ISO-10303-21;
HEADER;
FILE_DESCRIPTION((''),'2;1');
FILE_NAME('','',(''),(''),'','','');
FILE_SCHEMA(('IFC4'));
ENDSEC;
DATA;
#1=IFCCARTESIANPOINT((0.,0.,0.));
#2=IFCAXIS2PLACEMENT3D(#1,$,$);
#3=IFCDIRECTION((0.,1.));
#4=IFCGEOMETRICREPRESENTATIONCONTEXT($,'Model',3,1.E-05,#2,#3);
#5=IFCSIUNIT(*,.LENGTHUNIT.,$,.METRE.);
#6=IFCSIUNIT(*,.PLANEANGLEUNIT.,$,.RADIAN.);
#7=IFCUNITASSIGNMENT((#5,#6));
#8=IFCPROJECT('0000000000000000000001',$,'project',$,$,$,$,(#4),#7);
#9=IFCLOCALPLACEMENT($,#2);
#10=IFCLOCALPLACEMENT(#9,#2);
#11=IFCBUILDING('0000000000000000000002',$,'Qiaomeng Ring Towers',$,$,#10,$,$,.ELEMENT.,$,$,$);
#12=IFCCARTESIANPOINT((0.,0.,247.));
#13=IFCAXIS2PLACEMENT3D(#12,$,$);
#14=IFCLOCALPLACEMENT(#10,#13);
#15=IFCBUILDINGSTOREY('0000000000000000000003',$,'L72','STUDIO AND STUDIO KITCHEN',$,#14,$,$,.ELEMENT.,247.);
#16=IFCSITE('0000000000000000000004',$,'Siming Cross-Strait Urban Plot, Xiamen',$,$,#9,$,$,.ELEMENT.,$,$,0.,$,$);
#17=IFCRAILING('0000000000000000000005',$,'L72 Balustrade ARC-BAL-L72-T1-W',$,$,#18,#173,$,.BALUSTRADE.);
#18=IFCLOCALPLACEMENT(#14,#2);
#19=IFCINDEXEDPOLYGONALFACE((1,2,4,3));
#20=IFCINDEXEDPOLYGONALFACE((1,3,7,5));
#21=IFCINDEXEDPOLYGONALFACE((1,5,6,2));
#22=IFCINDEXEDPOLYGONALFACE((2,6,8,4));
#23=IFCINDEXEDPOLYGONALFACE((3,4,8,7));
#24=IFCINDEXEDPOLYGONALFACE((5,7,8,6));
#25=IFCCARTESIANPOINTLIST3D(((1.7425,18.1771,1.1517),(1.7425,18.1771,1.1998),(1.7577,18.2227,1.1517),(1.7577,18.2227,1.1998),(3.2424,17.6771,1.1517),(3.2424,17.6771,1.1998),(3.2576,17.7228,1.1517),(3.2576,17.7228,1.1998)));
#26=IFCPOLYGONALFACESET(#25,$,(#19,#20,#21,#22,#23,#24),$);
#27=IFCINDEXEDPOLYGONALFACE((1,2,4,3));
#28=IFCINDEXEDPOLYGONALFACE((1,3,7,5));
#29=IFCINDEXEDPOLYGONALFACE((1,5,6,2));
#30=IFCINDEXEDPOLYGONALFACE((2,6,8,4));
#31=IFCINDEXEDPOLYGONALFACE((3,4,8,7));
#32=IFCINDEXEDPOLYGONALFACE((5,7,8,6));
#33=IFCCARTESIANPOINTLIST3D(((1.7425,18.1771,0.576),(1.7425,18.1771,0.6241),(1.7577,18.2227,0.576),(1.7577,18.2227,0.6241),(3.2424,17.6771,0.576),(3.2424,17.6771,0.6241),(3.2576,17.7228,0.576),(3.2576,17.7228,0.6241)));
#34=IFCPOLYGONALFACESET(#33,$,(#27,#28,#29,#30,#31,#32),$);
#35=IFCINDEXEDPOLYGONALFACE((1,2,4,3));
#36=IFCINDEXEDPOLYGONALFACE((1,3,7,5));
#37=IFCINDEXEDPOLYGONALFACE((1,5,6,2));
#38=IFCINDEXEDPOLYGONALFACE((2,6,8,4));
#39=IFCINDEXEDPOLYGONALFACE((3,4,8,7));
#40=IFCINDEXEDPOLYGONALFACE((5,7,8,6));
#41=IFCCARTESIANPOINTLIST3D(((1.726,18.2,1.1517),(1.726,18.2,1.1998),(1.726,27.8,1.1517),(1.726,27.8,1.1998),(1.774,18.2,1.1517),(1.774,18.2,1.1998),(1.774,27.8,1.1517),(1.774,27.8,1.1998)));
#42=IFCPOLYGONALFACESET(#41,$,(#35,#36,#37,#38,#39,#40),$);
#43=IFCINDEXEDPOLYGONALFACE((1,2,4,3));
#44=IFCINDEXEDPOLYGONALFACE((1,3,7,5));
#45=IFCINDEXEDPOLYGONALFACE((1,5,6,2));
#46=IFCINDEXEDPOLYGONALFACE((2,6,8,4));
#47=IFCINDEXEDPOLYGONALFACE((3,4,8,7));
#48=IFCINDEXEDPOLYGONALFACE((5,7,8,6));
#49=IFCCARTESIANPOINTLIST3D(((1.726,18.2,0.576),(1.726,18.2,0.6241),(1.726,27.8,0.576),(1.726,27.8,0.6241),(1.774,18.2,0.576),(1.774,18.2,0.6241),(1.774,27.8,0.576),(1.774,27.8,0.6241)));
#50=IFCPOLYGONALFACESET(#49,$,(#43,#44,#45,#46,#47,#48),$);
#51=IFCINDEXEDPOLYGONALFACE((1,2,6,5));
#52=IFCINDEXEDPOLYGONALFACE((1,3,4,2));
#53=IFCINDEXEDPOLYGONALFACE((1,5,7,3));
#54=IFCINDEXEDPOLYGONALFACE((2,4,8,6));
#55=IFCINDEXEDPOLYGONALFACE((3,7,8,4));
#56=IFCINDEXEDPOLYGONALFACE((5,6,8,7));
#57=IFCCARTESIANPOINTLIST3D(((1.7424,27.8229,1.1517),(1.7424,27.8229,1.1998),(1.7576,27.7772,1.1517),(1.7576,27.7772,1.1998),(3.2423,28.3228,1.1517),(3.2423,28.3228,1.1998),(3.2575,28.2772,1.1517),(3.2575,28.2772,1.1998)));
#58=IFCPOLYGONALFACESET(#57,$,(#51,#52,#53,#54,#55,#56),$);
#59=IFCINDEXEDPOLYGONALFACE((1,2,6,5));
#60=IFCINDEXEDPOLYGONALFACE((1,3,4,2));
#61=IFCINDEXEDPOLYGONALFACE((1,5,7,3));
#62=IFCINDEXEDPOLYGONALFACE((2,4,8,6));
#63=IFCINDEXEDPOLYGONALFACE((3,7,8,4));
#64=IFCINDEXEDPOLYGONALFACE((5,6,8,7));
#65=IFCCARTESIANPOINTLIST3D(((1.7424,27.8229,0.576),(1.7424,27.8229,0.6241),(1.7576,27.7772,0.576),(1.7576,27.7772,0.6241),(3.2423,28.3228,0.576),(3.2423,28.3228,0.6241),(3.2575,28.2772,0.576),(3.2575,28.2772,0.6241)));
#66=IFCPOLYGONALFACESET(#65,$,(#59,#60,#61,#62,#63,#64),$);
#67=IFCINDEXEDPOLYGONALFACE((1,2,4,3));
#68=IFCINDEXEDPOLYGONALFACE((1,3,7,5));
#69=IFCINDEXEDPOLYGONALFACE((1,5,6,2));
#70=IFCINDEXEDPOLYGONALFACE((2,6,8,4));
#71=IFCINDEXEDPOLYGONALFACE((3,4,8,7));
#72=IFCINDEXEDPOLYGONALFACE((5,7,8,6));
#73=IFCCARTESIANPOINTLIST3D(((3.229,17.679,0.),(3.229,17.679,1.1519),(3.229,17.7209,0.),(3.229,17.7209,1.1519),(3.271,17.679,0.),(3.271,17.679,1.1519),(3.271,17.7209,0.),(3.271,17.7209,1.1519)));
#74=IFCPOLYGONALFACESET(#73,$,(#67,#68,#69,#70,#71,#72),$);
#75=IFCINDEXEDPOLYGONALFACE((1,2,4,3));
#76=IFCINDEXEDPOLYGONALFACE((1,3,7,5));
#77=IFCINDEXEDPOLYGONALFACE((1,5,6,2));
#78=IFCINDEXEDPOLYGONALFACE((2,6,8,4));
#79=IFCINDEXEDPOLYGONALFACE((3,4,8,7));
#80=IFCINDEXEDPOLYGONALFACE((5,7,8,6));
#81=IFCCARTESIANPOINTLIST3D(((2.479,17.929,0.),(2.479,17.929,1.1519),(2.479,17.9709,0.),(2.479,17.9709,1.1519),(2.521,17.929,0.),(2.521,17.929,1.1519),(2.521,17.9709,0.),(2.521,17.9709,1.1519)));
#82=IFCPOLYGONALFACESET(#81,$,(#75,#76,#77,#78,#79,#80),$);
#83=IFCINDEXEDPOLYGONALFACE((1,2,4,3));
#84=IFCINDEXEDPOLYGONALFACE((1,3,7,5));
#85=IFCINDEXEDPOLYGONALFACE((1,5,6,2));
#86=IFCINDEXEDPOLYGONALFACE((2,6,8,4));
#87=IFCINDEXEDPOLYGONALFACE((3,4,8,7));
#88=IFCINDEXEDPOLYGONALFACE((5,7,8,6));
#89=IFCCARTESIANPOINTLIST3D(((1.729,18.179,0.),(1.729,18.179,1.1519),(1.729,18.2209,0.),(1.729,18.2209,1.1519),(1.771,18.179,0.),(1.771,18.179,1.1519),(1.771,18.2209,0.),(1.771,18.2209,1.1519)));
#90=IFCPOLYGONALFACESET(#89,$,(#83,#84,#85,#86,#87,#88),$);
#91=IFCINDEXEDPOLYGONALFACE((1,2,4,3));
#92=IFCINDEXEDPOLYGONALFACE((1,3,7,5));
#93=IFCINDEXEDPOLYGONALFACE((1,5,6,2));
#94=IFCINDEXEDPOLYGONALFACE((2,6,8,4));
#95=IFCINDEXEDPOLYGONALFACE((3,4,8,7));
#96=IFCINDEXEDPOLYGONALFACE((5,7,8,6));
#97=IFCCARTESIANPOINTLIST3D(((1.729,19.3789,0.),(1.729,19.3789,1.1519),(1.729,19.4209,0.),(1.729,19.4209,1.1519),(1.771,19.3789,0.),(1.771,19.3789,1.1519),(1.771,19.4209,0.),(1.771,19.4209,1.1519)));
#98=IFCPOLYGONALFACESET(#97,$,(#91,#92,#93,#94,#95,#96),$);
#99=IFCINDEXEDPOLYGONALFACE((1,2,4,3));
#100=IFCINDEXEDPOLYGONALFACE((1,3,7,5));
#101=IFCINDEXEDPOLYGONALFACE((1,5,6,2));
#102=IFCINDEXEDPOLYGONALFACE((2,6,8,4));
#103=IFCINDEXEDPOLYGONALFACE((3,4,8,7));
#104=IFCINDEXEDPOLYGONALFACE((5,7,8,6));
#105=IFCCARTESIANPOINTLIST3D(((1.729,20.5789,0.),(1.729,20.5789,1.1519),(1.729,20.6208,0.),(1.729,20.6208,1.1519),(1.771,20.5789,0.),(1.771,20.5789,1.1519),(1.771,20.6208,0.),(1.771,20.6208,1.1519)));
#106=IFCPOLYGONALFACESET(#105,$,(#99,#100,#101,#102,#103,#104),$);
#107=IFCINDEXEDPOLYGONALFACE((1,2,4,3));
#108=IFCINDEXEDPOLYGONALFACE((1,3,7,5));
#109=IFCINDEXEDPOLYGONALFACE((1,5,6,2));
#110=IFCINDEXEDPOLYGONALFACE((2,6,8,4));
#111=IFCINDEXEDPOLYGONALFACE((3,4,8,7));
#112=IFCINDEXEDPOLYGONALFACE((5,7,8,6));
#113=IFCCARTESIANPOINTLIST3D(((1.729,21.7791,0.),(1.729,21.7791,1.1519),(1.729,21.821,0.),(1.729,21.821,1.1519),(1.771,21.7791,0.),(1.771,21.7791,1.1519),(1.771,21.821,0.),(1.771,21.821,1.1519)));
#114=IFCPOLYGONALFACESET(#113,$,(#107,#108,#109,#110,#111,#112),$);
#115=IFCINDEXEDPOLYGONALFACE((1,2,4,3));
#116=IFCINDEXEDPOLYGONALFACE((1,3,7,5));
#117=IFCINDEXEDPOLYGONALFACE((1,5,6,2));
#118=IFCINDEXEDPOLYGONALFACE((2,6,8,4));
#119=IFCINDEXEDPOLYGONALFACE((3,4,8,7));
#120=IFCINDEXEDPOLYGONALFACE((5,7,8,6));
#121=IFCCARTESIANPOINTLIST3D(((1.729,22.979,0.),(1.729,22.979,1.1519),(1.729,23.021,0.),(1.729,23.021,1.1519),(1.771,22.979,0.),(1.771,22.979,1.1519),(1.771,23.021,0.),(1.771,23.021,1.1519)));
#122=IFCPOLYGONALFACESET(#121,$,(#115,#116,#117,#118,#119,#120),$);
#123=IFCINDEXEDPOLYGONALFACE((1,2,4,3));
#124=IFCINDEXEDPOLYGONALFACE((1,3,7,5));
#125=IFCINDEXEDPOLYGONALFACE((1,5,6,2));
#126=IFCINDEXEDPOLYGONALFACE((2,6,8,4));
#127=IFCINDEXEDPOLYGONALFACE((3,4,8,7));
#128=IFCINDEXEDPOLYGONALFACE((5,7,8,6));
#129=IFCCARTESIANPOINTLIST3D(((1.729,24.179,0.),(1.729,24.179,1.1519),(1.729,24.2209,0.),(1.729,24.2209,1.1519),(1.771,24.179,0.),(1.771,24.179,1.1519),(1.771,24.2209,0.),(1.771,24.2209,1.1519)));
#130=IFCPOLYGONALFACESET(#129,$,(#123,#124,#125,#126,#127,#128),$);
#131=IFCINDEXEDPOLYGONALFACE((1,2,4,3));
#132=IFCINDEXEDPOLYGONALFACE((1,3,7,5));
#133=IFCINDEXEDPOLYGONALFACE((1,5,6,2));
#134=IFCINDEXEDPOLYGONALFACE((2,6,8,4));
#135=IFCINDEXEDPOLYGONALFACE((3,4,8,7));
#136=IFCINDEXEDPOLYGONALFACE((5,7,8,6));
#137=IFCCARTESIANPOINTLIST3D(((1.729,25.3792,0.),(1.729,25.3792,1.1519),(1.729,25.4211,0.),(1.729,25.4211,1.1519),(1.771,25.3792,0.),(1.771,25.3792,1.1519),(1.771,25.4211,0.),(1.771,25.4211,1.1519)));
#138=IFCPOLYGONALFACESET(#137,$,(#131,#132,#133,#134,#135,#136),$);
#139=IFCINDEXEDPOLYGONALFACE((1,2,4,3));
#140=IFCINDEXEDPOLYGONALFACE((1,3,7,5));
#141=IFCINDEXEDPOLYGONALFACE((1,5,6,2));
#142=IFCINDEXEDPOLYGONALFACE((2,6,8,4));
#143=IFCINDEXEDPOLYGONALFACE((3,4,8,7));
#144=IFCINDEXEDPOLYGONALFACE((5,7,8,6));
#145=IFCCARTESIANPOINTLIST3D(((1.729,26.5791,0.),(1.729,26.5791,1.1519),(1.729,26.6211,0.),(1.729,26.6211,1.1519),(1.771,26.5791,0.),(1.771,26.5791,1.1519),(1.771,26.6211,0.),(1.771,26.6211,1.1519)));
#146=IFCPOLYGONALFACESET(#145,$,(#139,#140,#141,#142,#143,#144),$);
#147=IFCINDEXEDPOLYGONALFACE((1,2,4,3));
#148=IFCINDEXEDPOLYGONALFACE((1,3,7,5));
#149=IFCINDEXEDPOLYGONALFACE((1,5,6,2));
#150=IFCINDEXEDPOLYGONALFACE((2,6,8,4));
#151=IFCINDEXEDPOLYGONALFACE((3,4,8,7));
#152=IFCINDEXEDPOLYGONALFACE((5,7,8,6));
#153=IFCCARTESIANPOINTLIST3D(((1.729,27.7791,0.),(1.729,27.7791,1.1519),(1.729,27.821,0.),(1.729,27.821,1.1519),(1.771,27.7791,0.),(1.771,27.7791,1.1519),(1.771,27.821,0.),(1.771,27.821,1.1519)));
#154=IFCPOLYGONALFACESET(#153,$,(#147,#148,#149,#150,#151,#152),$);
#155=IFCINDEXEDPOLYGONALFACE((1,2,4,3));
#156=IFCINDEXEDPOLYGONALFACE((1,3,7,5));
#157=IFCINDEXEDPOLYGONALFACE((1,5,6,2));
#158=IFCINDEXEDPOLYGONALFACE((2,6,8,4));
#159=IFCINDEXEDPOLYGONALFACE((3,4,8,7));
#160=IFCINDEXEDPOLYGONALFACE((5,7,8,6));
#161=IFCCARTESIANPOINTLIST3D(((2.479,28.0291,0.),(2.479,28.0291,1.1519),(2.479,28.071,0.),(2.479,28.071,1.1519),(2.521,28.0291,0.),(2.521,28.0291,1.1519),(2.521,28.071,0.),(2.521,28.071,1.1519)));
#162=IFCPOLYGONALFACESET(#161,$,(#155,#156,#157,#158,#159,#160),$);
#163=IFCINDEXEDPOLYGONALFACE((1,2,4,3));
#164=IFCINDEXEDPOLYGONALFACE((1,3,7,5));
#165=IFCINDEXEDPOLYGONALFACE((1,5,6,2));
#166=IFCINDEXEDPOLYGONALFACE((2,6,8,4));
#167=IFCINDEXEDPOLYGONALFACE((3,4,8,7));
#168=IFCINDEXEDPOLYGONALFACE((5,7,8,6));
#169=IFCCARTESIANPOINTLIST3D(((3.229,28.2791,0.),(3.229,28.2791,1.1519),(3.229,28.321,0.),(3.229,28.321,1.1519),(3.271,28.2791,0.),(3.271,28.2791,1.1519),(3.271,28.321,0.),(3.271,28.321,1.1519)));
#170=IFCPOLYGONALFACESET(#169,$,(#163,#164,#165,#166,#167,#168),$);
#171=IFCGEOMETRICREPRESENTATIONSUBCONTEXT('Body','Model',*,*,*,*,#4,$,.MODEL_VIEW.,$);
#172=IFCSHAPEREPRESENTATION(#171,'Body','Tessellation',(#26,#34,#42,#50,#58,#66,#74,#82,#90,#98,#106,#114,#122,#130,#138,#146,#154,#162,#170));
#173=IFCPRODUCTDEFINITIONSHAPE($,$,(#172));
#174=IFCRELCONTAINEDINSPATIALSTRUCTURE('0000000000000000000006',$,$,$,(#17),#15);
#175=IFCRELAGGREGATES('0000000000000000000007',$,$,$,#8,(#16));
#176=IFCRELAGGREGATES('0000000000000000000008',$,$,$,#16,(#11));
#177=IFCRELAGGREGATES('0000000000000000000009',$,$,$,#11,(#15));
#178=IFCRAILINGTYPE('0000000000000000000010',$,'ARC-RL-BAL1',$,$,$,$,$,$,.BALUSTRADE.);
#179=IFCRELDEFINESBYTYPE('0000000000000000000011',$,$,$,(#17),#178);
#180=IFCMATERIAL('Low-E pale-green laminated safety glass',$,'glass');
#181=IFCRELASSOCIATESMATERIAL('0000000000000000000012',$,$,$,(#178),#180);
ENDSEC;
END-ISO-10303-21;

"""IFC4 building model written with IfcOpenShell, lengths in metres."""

from ifc_helpers import new_model, si_unit, direction, frame, origin, origin_2d, place, context, subcontext, project, spatial, rectangle, extrude, material, type_object, element, save


model = new_model("IFC4")

# Units and contexts
model_context = context("Model", 3, precision=1e-05, world=origin(), true_north=direction((0.0, 1.0)))
body_context = subcontext(model_context, "Body", "Model", "MODEL_VIEW")
ifc_project = project(units=[si_unit("LENGTHUNIT", "METRE"), si_unit("PLANEANGLEUNIT", "RADIAN")], contexts=[model_context])

# Site, building, storey
site_placement = place(None, origin())
site = spatial("IfcSite", under=ifc_project, at=site_placement, Name="Siming Cross-Strait Urban Plot, Xiamen", CompositionType="ELEMENT", RefElevation=0.0)
building_placement = place(site_placement, origin())
building = spatial("IfcBuilding", under=site, at=building_placement, Name="Qiaomeng Ring Towers", CompositionType="ELEMENT")
storey_placement = place(building_placement, frame((0.0, 0.0, 247.0)))
storey = spatial("IfcBuildingStorey", under=building, at=storey_placement, Name="L72", Description="STUDIO AND STUDIO KITCHEN", CompositionType="ELEMENT", Elevation=247.0)

# Railing
ifc_material_1 = material(Name="Low-E pale-green laminated safety glass", Category="glass")
railing_type = type_object("IfcRailingType", Name="ARC-RL-BAL1", PredefinedType="BALUSTRADE", material=ifc_material_1)
railing_1_placement = place(storey_placement, frame((3.25, 17.7, 0.0)))
element("IfcRailing", 1, at=railing_1_placement, inside=storey, type_object=railing_type, Name="L72 Balustrade ARC-BAL-L72-T1-W", PredefinedType="BALUSTRADE", context=body_context, shape_type="SweptSolid", body=[
    extrude(rectangle(XDim=0.0481, YDim=0.0481, at=origin_2d()), frame((0.0, 0.0, 1.1758), z_axis=(-0.948683, 0.316228, 0.0), x_axis=(-0.316228, -0.948683, 0.0)), (0.0, 0.0, 1.0), 1.5811),
    extrude(rectangle(XDim=0.0481, YDim=0.0481, at=origin_2d()), frame((0.0, 0.0, 0.6001), z_axis=(-0.948683, 0.316228, 0.0), x_axis=(-0.316228, -0.948683, 0.0)), (0.0, 0.0, 1.0), 1.5811),
    extrude(rectangle(XDim=0.0481, YDim=0.0481, at=origin_2d()), frame((-1.5, 0.5, 1.1758), z_axis=(0.0, 1.0, 0.0), x_axis=(-1.0, 0.0, 0.0)), (0.0, 0.0, 1.0), 9.6001),
    extrude(rectangle(XDim=0.0481, YDim=0.0481, at=origin_2d()), frame((-1.5, 0.5, 0.6001), z_axis=(0.0, 1.0, 0.0), x_axis=(-1.0, 0.0, 0.0)), (0.0, 0.0, 1.0), 9.6001),
    extrude(rectangle(XDim=0.0481, YDim=0.0481, at=origin_2d()), frame((-1.5, 10.1001, 1.1758), z_axis=(0.948683, 0.316228, 0.0), x_axis=(-0.316228, 0.948683, 0.0)), (0.0, 0.0, 1.0), 1.5811),
    extrude(rectangle(XDim=0.0481, YDim=0.0481, at=origin_2d()), frame((-1.5, 10.1001, 0.6001), z_axis=(0.948683, 0.316228, 0.0), x_axis=(-0.316228, 0.948683, 0.0)), (0.0, 0.0, 1.0), 1.5811),
    extrude(rectangle(XDim=0.042, YDim=0.042, at=origin_2d()), origin(), (0.0, 0.0, 1.0), 1.1519),
    extrude(rectangle(XDim=0.042, YDim=0.042, at=origin_2d()), frame((-0.75, 0.25, 0.0)), (0.0, 0.0, 1.0), 1.1519),
    extrude(rectangle(XDim=0.042, YDim=0.042, at=origin_2d()), frame((-1.5, 0.5, 0.0)), (0.0, 0.0, 1.0), 1.1519),
    extrude(rectangle(XDim=0.042, YDim=0.042, at=origin_2d()), frame((-1.5, 1.7, 0.0)), (0.0, 0.0, 1.0), 1.1519),
    extrude(rectangle(XDim=0.042, YDim=0.042, at=origin_2d()), frame((-1.5, 2.8999, 0.0)), (0.0, 0.0, 1.0), 1.1519),
    extrude(rectangle(XDim=0.042, YDim=0.042, at=origin_2d()), frame((-1.5, 4.1001, 0.0)), (0.0, 0.0, 1.0), 1.1519),
    extrude(rectangle(XDim=0.042, YDim=0.042, at=origin_2d()), frame((-1.5, 5.3, 0.0)), (0.0, 0.0, 1.0), 1.1519),
    extrude(rectangle(XDim=0.042, YDim=0.042, at=origin_2d()), frame((-1.5, 6.5, 0.0)), (0.0, 0.0, 1.0), 1.1519),
    extrude(rectangle(XDim=0.042, YDim=0.042, at=origin_2d()), frame((-1.5, 7.7002, 0.0)), (0.0, 0.0, 1.0), 1.1519),
    extrude(rectangle(XDim=0.042, YDim=0.042, at=origin_2d()), frame((-1.5, 8.9001, 0.0)), (0.0, 0.0, 1.0), 1.1519),
    extrude(rectangle(XDim=0.042, YDim=0.042, at=origin_2d()), frame((-1.5, 10.1001, 0.0)), (0.0, 0.0, 1.0), 1.1519),
    extrude(rectangle(XDim=0.042, YDim=0.042, at=origin_2d()), frame((-0.75, 10.3501, 0.0)), (0.0, 0.0, 1.0), 1.1519),
    extrude(rectangle(XDim=0.042, YDim=0.042, at=origin_2d()), frame((0.0, 10.6001, 0.0)), (0.0, 0.0, 1.0), 1.1519),
])

save(model, "model.ifc")
